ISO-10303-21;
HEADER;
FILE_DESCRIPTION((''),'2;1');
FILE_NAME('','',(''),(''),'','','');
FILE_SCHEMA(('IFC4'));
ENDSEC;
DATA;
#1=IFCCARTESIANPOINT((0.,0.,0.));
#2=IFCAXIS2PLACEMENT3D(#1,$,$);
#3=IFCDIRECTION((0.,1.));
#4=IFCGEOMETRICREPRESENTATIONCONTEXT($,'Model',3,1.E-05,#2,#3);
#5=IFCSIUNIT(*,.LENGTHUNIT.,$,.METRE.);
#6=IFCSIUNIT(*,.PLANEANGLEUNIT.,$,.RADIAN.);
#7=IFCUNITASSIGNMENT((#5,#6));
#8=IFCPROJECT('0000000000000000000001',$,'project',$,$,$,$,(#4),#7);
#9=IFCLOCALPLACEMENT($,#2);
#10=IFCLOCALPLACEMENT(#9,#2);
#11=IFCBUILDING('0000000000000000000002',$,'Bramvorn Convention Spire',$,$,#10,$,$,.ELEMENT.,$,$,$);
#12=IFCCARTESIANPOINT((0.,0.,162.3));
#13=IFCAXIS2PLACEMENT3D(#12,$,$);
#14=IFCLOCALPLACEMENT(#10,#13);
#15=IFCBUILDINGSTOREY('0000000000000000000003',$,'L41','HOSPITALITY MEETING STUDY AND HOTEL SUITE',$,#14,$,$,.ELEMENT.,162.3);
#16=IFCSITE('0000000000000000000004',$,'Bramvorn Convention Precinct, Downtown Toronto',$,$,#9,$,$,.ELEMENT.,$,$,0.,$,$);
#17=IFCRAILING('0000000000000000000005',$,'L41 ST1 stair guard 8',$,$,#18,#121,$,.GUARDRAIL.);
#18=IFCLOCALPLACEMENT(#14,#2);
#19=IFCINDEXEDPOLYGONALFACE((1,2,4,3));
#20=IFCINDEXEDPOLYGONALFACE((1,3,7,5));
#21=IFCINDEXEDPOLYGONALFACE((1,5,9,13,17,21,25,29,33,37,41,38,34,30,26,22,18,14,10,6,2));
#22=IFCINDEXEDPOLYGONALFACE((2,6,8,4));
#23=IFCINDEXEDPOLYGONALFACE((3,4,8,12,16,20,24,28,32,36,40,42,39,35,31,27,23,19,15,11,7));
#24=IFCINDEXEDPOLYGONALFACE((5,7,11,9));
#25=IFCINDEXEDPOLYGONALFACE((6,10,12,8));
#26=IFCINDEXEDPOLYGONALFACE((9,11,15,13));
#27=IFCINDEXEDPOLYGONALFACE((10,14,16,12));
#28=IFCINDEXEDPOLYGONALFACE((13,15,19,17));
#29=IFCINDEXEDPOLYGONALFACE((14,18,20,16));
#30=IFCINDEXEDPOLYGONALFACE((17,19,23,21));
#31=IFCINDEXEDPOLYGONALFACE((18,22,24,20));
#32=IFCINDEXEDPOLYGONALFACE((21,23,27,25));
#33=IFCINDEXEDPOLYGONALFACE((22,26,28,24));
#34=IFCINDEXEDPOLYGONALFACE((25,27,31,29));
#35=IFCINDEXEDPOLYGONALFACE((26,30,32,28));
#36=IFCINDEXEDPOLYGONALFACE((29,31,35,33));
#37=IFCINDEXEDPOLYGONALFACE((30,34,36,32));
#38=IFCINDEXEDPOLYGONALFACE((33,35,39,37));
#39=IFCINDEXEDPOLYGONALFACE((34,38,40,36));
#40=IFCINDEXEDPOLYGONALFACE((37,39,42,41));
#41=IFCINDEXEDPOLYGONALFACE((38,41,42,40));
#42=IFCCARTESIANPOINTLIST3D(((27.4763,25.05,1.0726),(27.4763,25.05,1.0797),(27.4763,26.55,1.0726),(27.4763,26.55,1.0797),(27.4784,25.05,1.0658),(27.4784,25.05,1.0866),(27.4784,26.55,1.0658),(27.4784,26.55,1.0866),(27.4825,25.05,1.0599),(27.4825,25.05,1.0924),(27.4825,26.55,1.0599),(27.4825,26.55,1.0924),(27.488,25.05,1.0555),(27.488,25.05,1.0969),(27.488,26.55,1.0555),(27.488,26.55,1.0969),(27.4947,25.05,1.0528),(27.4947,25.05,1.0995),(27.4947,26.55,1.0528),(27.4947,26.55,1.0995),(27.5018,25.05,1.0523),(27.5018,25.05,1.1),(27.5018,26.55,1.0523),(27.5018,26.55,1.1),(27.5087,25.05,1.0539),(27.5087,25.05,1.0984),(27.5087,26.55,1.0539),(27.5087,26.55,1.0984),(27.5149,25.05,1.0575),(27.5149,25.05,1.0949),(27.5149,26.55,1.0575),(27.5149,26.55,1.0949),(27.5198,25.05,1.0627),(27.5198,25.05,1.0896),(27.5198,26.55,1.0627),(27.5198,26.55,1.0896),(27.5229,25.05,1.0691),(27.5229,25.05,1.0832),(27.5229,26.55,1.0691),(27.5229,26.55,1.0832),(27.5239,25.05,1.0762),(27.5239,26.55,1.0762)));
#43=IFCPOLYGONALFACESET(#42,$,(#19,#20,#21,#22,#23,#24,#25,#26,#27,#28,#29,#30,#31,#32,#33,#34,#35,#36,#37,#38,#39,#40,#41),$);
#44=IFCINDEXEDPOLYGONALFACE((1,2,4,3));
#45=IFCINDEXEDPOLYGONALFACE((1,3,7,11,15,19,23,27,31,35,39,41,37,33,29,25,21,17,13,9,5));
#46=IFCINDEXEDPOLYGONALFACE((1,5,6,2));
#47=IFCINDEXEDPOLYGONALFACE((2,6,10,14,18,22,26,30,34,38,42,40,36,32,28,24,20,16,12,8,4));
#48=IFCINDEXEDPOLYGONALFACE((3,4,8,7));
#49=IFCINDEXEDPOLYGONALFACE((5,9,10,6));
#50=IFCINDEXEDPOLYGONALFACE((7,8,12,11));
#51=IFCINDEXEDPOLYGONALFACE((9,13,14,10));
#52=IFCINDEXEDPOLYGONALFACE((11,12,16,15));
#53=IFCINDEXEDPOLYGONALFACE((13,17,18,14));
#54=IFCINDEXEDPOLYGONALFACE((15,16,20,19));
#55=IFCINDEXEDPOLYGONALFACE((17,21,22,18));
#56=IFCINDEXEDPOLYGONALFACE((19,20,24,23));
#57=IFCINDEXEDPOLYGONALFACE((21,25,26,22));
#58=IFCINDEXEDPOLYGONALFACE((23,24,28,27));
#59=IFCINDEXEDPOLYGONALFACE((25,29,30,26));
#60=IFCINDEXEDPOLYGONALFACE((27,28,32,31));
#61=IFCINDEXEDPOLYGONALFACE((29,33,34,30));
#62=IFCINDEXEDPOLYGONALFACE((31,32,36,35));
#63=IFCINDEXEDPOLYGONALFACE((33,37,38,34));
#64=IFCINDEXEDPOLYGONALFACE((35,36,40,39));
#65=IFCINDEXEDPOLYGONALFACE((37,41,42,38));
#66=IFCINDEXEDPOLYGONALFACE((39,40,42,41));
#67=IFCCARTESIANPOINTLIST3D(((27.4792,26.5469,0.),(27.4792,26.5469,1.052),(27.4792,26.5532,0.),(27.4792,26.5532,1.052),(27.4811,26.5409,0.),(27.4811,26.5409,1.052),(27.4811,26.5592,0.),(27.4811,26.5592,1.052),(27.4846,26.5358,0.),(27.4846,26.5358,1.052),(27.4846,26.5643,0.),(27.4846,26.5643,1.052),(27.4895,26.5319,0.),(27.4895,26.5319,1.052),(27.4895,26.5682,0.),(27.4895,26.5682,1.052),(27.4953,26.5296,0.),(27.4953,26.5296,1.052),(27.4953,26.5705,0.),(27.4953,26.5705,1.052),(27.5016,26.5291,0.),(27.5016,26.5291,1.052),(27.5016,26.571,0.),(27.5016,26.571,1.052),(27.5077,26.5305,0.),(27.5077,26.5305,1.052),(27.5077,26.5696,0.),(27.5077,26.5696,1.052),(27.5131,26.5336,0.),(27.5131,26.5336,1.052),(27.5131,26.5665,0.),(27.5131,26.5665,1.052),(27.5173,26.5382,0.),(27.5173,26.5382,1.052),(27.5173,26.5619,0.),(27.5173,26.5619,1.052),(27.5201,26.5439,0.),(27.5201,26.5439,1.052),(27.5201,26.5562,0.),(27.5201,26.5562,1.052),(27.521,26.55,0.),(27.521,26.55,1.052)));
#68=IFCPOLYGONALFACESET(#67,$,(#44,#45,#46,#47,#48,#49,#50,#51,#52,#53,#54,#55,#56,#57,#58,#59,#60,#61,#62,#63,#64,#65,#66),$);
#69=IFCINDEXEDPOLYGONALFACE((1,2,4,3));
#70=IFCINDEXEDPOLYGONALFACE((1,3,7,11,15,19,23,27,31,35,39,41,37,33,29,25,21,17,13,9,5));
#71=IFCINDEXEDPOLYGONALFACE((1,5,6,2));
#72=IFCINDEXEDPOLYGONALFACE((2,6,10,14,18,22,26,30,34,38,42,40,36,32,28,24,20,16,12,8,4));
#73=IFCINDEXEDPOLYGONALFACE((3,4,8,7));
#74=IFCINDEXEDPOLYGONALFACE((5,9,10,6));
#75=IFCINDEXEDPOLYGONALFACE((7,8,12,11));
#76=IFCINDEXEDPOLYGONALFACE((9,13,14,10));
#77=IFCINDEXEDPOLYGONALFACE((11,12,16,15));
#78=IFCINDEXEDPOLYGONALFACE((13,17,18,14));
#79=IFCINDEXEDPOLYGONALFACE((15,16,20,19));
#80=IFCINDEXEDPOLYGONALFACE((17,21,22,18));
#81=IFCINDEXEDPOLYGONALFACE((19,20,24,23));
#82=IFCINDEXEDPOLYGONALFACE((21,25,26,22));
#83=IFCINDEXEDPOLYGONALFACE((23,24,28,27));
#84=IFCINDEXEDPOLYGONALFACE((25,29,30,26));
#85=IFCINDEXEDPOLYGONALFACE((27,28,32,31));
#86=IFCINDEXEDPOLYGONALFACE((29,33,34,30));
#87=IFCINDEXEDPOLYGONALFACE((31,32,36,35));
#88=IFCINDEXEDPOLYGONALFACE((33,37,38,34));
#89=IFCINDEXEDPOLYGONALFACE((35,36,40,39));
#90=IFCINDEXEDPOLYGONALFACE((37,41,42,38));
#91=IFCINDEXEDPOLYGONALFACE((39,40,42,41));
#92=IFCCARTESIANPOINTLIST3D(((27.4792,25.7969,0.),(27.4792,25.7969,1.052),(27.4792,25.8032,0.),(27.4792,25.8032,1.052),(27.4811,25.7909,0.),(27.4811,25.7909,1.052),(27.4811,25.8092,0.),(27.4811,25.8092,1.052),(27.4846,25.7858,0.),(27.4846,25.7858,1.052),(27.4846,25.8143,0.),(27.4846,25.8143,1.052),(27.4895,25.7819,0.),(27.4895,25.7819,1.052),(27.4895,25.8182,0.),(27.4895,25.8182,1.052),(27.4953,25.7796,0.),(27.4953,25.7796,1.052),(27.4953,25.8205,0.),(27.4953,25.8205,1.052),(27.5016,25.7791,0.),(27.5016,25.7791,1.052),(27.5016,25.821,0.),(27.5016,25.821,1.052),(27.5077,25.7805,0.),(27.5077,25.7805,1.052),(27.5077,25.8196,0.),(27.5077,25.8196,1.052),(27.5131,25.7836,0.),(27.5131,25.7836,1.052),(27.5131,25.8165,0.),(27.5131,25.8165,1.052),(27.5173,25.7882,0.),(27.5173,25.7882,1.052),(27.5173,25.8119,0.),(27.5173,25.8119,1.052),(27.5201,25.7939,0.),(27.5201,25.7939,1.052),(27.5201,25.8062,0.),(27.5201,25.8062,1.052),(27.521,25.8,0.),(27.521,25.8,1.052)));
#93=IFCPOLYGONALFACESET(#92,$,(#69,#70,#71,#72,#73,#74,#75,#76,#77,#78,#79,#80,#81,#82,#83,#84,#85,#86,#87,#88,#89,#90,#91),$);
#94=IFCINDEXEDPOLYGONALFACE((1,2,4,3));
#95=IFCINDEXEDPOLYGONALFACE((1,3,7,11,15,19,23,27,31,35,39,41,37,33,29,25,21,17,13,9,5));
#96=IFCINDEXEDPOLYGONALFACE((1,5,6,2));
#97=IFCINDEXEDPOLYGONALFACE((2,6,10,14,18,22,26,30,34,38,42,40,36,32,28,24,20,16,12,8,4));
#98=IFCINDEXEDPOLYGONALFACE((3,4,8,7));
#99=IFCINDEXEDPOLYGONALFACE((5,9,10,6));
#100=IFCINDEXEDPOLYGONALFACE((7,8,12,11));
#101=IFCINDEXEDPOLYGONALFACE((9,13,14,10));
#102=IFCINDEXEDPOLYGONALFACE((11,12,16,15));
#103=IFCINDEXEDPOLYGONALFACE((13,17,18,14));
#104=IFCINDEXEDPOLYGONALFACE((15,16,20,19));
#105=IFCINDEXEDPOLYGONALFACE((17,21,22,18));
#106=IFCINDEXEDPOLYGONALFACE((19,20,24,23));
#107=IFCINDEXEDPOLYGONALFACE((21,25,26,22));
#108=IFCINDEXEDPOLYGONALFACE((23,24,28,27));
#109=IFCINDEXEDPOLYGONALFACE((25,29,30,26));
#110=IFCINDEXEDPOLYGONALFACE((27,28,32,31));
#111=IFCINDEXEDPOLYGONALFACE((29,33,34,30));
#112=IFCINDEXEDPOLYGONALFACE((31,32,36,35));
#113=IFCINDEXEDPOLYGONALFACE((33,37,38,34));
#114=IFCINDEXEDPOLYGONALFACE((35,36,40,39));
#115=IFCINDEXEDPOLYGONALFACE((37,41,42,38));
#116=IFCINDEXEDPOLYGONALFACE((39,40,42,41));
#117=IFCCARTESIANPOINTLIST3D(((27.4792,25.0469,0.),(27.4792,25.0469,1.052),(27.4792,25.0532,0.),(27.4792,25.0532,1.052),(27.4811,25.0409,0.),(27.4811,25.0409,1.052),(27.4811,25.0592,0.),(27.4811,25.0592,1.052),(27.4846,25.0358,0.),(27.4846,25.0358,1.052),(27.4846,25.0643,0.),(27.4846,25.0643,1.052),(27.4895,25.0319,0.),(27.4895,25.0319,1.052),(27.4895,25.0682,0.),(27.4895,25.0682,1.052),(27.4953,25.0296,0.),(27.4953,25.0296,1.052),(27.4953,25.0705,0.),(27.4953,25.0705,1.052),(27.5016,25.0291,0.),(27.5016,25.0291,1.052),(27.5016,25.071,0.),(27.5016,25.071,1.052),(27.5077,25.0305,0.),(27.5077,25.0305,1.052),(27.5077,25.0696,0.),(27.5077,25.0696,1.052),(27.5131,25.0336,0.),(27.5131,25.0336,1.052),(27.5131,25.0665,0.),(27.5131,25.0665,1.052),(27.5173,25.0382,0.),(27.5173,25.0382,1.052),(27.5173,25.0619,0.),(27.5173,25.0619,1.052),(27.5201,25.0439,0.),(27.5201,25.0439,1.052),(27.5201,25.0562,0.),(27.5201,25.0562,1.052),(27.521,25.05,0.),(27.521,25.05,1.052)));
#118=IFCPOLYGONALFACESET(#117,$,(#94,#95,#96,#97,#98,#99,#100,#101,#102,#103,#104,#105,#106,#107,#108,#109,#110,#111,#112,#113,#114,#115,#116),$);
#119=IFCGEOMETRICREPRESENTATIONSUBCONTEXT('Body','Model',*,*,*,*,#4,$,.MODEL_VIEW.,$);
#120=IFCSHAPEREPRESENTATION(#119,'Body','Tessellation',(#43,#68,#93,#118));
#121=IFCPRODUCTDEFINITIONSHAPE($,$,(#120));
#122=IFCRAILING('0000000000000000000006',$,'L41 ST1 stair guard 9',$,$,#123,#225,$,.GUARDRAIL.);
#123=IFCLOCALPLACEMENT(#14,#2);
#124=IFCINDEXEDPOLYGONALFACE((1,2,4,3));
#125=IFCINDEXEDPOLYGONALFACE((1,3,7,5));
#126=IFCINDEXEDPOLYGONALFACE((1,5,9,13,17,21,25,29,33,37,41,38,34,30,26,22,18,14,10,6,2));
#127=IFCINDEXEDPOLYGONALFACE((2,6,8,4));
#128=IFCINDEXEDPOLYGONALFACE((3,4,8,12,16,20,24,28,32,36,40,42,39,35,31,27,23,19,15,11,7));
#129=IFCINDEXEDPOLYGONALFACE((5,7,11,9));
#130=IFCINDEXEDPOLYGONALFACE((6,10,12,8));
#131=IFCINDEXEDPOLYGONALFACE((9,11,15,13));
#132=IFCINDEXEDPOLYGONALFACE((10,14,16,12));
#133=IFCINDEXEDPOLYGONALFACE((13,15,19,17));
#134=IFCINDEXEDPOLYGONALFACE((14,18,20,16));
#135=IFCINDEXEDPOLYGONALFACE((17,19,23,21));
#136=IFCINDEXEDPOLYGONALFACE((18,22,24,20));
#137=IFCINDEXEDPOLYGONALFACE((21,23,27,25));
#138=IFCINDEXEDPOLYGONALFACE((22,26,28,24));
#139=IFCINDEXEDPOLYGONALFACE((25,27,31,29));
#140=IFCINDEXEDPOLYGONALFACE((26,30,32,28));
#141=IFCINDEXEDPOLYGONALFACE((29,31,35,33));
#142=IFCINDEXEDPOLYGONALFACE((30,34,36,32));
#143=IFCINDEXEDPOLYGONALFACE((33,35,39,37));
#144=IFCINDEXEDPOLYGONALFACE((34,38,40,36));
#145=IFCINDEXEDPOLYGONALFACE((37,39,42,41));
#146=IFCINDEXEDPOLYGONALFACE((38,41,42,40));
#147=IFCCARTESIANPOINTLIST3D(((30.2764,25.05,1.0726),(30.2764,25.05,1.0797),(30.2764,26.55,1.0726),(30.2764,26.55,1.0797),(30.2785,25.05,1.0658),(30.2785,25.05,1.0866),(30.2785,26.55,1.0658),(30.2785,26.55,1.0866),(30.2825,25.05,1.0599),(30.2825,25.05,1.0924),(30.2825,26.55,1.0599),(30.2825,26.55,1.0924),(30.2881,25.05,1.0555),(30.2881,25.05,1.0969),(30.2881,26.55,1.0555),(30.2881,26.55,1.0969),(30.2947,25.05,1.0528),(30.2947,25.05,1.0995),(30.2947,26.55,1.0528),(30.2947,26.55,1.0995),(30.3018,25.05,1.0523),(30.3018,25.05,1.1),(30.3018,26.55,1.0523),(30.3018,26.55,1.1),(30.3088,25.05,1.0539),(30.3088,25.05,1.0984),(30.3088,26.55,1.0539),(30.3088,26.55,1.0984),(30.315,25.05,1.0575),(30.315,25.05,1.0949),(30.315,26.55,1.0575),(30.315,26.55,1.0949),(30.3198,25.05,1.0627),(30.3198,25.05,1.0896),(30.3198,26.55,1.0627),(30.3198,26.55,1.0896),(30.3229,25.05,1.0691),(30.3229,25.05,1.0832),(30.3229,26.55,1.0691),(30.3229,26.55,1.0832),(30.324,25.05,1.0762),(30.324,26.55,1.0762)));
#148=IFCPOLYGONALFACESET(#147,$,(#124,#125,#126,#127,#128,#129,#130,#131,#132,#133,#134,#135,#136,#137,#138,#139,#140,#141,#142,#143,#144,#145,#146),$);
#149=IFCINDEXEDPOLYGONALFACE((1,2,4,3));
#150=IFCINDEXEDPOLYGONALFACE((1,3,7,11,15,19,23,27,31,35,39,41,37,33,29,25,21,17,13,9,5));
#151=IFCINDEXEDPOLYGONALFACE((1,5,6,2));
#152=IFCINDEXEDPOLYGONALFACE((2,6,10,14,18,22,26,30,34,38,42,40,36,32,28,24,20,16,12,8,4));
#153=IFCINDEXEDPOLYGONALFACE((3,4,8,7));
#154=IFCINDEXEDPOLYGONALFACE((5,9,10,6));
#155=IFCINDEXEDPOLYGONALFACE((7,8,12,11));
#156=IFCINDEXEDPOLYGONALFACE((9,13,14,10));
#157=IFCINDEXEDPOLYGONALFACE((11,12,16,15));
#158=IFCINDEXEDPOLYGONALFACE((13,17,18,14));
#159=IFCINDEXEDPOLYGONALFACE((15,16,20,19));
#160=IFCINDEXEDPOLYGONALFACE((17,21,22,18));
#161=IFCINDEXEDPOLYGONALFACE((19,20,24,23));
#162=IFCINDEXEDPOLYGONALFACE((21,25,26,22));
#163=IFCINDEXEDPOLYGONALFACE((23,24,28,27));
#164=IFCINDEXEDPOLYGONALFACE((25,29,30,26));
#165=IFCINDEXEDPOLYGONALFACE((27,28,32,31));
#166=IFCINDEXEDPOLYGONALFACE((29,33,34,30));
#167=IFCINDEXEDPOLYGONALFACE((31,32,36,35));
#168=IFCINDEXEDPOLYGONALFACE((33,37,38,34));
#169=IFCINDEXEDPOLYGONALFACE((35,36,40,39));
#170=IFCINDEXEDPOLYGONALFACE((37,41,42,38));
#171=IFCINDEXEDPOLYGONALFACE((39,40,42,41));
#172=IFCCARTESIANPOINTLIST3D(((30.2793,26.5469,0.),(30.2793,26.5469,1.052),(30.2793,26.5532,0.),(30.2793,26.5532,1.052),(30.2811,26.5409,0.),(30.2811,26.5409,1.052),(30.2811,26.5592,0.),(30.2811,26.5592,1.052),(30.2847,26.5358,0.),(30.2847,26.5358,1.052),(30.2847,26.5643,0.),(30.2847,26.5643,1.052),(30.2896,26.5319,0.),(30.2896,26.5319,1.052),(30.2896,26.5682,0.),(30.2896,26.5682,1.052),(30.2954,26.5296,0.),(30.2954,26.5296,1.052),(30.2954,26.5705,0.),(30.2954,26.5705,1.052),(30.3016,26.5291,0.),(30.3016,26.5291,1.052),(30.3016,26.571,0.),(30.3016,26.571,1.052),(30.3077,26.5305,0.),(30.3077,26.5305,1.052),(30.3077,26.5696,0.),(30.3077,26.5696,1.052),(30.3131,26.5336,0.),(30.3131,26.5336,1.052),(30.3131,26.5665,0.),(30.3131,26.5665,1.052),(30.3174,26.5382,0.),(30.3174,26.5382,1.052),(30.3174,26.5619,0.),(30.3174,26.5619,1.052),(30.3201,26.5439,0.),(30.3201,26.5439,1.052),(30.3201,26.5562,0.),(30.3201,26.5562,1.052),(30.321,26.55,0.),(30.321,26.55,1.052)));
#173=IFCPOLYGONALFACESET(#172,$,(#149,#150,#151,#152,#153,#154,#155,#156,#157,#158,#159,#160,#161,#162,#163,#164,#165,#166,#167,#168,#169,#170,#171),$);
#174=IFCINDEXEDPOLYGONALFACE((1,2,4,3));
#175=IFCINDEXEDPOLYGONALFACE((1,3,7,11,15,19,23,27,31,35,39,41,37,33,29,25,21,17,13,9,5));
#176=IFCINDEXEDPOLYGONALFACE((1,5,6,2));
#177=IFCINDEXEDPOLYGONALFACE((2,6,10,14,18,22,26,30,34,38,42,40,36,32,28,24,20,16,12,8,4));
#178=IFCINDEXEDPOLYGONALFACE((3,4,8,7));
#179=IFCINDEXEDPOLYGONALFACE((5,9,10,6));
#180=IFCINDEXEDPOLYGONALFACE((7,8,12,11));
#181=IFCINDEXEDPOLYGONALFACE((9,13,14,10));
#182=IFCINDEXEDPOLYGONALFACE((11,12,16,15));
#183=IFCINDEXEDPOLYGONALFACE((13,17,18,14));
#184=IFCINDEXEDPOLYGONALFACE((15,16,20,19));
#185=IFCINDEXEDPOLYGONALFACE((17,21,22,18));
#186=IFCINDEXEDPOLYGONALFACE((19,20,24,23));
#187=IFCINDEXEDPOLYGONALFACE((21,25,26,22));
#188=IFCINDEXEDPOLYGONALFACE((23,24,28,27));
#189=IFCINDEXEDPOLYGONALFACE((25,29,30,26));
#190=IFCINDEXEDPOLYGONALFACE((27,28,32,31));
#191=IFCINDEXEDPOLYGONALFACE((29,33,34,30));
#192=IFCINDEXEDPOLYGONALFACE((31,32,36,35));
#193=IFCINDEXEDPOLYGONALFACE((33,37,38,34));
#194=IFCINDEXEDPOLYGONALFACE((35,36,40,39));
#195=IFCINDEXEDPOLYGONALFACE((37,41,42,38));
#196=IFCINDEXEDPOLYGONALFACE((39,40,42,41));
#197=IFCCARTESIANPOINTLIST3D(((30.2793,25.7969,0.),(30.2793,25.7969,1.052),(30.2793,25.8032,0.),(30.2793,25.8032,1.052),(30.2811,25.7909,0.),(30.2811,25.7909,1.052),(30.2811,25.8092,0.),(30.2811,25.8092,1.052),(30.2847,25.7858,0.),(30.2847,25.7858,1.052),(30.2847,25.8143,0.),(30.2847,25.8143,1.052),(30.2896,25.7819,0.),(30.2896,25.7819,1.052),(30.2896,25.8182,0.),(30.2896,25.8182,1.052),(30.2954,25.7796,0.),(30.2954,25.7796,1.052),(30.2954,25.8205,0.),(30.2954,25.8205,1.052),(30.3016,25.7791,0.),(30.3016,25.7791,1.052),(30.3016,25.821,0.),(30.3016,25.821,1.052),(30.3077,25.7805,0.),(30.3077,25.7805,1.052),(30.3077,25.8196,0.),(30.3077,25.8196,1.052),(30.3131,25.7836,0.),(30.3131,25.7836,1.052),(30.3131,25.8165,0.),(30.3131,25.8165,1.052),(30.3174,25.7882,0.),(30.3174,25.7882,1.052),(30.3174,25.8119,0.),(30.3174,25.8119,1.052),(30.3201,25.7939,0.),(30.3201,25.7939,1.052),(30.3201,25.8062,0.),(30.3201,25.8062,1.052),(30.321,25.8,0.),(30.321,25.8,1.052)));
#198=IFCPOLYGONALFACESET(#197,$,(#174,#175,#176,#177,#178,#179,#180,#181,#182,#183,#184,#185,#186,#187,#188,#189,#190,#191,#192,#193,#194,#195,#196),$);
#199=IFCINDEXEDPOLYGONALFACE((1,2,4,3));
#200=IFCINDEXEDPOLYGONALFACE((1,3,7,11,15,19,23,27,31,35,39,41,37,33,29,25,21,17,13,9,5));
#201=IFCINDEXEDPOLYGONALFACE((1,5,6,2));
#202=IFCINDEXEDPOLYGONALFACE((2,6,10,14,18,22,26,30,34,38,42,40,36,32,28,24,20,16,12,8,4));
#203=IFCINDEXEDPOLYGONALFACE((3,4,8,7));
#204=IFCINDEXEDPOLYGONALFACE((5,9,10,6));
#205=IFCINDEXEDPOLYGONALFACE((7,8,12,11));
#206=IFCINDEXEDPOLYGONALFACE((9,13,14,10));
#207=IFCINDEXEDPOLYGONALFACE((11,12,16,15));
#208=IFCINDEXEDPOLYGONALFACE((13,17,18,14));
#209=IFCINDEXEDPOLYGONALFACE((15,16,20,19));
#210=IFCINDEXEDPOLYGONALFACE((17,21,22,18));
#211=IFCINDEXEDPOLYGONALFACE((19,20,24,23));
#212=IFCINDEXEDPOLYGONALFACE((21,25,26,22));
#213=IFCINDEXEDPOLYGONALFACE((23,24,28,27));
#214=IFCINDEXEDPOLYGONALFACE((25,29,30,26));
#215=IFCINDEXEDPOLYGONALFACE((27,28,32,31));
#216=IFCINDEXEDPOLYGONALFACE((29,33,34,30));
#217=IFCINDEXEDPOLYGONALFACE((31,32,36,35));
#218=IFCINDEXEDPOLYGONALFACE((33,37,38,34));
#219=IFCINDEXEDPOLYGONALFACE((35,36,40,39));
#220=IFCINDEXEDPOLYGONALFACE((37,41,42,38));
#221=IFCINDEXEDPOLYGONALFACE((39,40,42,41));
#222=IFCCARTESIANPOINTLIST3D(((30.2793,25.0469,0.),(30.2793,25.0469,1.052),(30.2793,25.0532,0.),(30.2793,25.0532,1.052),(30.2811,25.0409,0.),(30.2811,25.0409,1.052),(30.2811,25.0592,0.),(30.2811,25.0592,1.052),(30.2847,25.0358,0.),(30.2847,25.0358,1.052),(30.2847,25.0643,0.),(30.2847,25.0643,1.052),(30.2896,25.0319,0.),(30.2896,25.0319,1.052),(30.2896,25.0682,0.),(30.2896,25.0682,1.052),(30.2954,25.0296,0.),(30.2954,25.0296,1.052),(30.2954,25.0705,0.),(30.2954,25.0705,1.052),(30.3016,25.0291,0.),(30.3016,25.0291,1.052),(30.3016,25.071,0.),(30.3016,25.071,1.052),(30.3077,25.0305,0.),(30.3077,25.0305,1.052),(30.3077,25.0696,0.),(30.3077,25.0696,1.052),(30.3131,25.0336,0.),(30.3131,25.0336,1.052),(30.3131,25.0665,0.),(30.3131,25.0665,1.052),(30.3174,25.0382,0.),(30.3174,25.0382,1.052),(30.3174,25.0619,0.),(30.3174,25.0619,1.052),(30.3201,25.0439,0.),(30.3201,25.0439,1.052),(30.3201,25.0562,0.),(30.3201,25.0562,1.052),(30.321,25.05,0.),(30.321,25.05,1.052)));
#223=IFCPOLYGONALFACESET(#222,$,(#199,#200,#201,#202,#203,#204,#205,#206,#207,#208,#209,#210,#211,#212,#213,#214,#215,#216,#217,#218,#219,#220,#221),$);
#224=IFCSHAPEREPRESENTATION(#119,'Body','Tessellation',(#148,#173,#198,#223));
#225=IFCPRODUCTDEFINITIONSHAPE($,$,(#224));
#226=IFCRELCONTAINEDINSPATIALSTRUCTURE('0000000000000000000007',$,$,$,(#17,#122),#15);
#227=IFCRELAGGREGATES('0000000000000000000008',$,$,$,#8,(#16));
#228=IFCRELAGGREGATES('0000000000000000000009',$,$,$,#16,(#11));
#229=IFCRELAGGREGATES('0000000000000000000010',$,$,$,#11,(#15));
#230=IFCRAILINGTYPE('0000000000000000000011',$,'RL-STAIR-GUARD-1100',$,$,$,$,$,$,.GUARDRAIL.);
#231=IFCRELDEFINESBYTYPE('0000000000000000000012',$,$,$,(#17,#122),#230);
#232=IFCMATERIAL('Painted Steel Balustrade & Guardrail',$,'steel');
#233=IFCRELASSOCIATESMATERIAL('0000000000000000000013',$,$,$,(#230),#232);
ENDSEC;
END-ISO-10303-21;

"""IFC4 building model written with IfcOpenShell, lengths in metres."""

from ifc_helpers import new_model, si_unit, direction, frame, origin, origin_2d, place, context, subcontext, project, spatial, circle, extrude, material, type_object, element, save


model = new_model("IFC4")

# Units and contexts
model_context = context("Model", 3, precision=1e-05, world=origin(), true_north=direction((0.0, 1.0)))
body_context = subcontext(model_context, "Body", "Model", "MODEL_VIEW")
ifc_project = project(units=[si_unit("LENGTHUNIT", "METRE"), si_unit("PLANEANGLEUNIT", "RADIAN")], contexts=[model_context])

# Site, building, storey
site_placement = place(None, origin())
site = spatial("IfcSite", under=ifc_project, at=site_placement, Name="Bramvorn Convention Precinct, Downtown Toronto", CompositionType="ELEMENT", RefElevation=0.0)
building_placement = place(site_placement, origin())
building = spatial("IfcBuilding", under=site, at=building_placement, Name="Bramvorn Convention Spire", CompositionType="ELEMENT")
storey_placement = place(building_placement, frame((0.0, 0.0, 162.3)))
storey = spatial("IfcBuildingStorey", under=building, at=storey_placement, Name="L41", Description="HOSPITALITY MEETING STUDY AND HOTEL SUITE", CompositionType="ELEMENT", Elevation=162.3)

# Railings
ifc_material_1 = material(Name="Painted Steel Balustrade & Guardrail", Category="steel")
railing_type = type_object("IfcRailingType", Name="RL-STAIR-GUARD-1100", PredefinedType="GUARDRAIL", material=ifc_material_1)
for number, where, name in (
    (1, (27.5, 26.55, 0.0), "L41 ST1 stair guard 8"),
    (2, (30.3, 26.55, 0.0), "L41 ST1 stair guard 9"),
):
    element("IfcRailing", number, at=place(storey_placement, frame(where)), inside=storey, type_object=railing_type, Name=name, PredefinedType="GUARDRAIL", context=body_context, shape_type="SweptSolid", body=[
        extrude(circle(Radius=0.0239, at=origin_2d()), frame((0.0, 0.0, 1.0762), z_axis=(0.0, -1.0, 0.0), x_axis=(1.0, 0.0, 0.0)), (0.0, 0.0, 1.0), 1.5),
        extrude(circle(Radius=0.021, at=origin_2d()), origin(), (0.0, 0.0, 1.0), 1.052),
        extrude(circle(Radius=0.021, at=origin_2d()), frame((0.0, -0.75, 0.0)), (0.0, 0.0, 1.0), 1.052),
        extrude(circle(Radius=0.021, at=origin_2d()), frame((0.0, -1.5, 0.0)), (0.0, 0.0, 1.0), 1.052),
    ])

save(model, "model.ifc")
